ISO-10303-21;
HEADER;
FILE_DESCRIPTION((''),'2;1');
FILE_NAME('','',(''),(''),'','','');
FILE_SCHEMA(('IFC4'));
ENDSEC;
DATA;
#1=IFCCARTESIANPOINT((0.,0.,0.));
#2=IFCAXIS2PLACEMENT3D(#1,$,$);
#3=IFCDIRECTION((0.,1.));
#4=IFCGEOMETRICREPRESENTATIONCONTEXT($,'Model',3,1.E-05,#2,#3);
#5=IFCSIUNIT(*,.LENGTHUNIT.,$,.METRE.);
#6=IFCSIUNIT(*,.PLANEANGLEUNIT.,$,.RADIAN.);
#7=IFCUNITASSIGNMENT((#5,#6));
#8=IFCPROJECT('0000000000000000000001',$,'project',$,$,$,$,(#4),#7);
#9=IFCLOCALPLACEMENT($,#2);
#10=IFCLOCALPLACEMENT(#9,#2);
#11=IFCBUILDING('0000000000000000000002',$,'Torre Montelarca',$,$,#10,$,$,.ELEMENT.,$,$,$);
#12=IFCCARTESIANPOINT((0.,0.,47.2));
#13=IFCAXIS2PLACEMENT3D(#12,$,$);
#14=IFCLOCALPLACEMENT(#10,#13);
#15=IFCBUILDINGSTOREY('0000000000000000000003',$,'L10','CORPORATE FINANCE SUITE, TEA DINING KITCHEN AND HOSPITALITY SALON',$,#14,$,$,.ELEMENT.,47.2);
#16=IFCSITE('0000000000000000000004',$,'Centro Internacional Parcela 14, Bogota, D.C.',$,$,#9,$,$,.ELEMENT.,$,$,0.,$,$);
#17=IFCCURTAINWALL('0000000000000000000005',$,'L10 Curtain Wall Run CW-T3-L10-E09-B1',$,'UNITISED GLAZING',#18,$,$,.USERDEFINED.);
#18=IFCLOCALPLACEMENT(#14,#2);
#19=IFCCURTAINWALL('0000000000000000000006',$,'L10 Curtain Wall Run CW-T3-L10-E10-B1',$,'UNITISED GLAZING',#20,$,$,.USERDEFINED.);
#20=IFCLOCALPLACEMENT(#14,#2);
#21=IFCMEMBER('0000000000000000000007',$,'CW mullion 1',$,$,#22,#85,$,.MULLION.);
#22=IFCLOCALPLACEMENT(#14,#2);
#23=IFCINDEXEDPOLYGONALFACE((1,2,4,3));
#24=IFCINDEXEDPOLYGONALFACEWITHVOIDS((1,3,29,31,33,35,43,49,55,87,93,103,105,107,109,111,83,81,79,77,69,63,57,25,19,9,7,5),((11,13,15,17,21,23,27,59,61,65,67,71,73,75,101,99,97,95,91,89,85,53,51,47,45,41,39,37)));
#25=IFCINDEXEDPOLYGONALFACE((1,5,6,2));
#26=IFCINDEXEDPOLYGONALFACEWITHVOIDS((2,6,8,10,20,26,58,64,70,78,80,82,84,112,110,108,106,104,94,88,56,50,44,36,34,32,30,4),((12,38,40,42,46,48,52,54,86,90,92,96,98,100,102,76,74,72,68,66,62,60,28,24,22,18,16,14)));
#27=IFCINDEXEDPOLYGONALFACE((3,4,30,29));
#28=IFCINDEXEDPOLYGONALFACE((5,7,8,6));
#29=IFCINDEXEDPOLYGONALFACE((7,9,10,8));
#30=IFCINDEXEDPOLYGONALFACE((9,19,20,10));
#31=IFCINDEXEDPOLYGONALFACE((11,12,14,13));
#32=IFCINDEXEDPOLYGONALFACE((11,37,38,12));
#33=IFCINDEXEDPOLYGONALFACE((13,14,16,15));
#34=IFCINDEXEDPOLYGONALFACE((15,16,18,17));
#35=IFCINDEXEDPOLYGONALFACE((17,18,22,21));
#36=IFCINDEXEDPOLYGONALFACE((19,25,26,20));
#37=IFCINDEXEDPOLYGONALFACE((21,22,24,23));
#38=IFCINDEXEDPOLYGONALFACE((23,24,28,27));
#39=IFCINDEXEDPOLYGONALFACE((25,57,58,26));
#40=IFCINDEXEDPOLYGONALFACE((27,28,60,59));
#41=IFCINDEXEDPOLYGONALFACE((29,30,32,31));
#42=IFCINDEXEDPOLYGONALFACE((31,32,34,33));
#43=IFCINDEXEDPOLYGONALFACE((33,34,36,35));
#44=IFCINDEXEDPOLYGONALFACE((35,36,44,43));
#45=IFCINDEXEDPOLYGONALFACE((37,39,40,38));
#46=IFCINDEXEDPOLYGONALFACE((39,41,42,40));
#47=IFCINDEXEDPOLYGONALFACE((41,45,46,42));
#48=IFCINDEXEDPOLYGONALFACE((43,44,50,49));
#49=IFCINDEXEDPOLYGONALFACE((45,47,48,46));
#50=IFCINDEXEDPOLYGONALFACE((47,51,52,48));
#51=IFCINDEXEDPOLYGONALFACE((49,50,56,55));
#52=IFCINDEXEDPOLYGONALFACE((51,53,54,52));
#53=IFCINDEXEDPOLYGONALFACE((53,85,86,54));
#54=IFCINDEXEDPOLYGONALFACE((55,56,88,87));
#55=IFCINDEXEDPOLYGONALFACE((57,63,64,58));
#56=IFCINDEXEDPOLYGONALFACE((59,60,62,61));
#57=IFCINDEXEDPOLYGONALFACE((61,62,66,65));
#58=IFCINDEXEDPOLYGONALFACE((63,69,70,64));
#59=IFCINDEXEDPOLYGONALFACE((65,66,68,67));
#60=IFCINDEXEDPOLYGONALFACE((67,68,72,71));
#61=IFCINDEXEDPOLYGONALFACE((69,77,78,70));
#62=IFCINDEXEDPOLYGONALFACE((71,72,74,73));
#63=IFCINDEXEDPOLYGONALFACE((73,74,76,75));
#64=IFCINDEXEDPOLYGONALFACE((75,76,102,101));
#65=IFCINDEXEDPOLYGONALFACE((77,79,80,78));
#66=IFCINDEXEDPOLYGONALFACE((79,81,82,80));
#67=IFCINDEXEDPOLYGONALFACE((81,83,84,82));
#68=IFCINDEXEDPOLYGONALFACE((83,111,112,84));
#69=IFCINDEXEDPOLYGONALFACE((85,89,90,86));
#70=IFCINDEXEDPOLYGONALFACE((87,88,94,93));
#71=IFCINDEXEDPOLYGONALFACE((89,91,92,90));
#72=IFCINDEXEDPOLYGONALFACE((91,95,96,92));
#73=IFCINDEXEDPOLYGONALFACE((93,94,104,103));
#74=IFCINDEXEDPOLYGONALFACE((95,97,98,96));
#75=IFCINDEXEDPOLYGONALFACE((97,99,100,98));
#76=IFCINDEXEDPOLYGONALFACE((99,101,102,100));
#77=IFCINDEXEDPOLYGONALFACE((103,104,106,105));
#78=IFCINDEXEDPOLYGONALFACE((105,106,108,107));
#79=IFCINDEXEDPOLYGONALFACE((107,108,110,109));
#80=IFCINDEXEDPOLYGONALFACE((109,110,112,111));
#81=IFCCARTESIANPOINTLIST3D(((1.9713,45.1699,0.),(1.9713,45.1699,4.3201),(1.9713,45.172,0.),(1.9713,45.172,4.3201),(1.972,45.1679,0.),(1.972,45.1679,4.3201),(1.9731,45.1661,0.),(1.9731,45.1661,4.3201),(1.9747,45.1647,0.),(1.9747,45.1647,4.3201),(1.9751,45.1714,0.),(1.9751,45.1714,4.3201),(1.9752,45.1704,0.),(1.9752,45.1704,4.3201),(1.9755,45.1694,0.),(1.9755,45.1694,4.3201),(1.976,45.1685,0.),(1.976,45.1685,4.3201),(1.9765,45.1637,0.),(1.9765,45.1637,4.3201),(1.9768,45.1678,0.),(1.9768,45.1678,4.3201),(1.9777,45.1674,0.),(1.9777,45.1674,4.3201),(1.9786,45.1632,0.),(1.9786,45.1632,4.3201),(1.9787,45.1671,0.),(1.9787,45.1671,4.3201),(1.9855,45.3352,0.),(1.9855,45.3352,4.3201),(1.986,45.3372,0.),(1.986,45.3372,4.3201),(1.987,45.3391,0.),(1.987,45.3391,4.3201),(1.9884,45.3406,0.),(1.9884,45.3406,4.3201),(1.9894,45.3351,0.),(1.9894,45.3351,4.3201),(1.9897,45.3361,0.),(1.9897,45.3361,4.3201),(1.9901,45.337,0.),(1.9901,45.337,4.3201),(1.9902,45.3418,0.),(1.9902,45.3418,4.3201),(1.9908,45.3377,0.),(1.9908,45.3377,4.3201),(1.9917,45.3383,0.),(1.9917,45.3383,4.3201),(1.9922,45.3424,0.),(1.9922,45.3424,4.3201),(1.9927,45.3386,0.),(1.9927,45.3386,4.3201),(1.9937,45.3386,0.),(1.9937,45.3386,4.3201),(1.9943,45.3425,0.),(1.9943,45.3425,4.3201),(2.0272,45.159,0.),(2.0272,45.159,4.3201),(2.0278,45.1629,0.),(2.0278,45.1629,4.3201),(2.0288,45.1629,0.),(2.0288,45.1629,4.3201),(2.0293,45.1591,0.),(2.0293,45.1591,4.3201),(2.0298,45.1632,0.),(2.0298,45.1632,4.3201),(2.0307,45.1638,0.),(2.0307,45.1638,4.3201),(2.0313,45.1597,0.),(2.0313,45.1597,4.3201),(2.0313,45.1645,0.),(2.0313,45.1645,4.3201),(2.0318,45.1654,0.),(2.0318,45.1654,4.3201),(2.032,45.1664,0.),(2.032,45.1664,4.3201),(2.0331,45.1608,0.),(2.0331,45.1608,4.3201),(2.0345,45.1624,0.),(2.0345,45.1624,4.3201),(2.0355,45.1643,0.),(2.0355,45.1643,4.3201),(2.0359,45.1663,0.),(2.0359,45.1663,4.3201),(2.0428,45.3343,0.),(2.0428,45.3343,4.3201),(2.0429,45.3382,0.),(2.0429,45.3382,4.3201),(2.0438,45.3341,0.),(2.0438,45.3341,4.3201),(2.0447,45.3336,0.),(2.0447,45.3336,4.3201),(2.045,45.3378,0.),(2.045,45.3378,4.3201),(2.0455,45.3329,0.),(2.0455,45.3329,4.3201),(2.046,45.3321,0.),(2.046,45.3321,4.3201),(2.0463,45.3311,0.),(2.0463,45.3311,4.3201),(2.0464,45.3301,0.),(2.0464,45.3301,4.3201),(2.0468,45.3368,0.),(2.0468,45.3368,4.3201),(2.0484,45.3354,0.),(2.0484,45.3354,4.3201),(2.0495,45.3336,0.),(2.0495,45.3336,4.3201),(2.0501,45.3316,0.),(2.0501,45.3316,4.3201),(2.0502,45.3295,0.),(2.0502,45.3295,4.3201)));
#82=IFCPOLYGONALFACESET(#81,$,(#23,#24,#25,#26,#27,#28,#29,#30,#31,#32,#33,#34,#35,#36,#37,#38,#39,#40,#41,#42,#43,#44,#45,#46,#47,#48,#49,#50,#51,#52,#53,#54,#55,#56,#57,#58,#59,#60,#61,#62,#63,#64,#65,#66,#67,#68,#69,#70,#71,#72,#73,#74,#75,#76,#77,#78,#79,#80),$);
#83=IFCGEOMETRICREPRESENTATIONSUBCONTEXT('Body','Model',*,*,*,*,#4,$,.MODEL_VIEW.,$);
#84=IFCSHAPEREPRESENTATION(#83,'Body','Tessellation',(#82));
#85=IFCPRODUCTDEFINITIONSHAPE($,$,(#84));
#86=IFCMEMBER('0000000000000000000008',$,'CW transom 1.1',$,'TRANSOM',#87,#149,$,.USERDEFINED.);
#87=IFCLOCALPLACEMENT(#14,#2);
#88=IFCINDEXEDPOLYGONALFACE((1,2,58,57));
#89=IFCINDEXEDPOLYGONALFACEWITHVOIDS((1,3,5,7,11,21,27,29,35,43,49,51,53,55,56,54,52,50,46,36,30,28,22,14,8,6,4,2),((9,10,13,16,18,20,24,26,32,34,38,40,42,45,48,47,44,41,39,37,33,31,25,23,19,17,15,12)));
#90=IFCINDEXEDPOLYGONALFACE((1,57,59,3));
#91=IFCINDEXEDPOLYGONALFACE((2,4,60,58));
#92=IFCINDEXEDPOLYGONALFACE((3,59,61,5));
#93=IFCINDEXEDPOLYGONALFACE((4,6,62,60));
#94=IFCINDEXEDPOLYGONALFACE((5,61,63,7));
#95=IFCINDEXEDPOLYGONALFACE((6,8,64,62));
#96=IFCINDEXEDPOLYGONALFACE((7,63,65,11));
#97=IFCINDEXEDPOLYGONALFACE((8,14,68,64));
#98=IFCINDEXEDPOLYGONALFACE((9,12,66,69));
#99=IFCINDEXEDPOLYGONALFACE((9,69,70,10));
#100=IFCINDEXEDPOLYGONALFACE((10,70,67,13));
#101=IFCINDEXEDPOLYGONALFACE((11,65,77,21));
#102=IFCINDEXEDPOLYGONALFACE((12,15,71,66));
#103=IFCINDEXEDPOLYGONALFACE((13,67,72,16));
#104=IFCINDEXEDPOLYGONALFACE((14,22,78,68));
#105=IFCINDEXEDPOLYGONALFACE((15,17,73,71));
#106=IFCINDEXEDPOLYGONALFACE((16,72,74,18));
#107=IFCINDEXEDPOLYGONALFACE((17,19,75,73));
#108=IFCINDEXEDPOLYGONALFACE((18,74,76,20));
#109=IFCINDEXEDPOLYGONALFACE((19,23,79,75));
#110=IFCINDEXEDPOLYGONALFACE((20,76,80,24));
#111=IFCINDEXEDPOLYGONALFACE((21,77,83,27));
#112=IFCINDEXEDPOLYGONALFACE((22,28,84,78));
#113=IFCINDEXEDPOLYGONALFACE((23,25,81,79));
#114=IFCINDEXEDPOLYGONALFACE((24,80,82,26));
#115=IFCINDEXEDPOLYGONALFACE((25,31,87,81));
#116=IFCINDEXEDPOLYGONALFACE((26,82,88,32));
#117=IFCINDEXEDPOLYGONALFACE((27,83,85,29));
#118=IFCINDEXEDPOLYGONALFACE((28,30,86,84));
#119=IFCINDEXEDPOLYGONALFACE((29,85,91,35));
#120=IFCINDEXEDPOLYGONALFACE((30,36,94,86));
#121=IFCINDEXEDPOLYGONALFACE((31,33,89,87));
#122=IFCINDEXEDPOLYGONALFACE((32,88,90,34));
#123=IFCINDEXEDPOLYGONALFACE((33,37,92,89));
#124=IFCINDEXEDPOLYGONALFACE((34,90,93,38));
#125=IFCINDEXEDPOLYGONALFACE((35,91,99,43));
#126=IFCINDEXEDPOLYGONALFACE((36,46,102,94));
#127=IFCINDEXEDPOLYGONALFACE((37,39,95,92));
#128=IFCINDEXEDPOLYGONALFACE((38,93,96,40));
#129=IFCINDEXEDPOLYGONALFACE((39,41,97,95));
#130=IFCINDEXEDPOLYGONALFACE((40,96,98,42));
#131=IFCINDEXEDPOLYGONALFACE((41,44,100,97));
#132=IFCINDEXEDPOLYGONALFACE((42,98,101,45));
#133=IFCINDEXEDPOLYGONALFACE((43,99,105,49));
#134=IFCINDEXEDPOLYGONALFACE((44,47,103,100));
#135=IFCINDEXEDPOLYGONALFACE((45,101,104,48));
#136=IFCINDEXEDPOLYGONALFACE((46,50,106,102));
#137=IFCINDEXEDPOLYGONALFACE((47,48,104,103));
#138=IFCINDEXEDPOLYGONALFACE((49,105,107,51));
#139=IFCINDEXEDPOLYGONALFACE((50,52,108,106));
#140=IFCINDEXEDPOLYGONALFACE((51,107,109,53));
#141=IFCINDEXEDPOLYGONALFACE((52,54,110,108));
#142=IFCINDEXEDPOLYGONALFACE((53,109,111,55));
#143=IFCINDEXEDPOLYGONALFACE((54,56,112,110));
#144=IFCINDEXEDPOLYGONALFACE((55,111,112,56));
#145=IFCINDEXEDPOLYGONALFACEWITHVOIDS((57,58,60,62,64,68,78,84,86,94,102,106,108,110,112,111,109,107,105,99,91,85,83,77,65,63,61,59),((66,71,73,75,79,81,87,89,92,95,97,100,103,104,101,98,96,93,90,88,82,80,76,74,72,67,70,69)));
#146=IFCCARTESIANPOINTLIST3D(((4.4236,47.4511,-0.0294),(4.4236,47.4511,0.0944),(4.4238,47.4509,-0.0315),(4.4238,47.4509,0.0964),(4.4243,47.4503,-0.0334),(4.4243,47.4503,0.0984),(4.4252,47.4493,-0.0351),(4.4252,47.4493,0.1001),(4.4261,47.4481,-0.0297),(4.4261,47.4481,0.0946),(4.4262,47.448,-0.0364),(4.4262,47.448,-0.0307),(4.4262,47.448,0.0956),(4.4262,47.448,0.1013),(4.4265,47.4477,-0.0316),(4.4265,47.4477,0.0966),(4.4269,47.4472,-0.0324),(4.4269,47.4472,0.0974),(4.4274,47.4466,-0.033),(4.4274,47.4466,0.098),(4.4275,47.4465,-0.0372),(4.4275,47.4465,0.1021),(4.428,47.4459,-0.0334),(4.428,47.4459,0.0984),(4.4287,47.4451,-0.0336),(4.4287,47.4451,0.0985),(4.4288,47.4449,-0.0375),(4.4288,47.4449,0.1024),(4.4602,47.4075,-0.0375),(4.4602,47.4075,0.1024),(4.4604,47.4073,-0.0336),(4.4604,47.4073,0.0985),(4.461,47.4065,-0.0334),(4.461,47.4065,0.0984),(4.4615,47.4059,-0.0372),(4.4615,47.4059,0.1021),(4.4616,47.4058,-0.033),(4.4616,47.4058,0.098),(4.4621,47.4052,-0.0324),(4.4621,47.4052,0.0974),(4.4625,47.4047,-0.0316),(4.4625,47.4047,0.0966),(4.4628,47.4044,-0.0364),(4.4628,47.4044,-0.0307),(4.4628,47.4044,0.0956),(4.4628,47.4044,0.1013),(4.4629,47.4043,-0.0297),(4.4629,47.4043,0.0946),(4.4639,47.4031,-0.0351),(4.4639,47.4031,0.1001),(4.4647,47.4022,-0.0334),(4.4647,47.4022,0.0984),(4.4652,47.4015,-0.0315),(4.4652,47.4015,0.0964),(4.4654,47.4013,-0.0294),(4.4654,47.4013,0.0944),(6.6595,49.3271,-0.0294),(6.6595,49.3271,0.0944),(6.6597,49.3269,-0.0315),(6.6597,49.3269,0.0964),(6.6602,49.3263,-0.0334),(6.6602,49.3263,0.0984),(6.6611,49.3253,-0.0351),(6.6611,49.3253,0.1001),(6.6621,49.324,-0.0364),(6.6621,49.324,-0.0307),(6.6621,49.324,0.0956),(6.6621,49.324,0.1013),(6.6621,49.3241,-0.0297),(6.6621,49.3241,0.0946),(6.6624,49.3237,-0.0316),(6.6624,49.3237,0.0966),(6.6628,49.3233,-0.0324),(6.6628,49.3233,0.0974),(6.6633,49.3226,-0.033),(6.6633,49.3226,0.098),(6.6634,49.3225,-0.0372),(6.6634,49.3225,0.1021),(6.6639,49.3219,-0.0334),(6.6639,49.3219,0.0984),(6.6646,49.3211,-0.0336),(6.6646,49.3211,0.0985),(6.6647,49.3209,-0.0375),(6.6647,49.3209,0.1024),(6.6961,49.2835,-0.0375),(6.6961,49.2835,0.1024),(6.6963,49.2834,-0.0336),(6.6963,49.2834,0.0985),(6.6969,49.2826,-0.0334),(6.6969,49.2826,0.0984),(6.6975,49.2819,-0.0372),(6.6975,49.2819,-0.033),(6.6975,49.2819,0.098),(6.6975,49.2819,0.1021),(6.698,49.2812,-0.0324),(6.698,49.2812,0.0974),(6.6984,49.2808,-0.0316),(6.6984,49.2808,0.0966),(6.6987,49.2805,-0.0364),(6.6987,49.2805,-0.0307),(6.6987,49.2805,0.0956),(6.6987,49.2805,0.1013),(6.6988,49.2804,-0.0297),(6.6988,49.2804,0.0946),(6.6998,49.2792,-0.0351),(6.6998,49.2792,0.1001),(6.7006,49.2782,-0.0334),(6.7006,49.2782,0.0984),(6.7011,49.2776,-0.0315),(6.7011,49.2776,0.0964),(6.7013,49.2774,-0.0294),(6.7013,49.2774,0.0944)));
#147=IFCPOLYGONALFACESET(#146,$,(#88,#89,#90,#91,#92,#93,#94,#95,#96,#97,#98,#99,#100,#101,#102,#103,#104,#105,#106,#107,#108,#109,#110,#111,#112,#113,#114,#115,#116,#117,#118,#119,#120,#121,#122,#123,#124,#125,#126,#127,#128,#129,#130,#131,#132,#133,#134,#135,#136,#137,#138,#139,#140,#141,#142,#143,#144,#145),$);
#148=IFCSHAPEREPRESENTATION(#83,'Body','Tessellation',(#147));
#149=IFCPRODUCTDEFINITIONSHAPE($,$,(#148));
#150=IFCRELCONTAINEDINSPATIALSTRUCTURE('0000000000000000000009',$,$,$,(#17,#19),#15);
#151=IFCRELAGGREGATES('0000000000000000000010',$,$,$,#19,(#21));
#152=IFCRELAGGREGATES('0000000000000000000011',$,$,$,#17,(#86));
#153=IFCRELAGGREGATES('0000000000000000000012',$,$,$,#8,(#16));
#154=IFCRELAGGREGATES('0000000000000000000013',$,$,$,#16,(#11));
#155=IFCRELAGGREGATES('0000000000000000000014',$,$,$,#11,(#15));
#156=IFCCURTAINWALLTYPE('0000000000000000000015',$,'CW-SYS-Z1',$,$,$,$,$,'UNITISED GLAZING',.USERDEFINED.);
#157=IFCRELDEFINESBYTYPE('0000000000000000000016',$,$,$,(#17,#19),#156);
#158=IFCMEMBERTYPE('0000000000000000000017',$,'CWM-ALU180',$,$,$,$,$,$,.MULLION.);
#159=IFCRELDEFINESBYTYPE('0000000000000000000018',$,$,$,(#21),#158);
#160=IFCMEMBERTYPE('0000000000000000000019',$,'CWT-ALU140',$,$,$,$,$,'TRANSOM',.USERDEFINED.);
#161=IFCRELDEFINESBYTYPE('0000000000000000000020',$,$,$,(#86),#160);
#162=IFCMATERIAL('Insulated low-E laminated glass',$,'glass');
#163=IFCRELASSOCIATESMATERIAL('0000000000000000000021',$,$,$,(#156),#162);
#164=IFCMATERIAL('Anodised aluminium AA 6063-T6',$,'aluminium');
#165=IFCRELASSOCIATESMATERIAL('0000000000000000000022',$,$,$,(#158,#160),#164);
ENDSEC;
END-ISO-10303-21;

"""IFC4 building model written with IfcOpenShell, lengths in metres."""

from ifc_helpers import new_model, si_unit, direction, frame, origin, origin_2d, place, context, subcontext, project, spatial, hollow_rectangle, extrude, source, transform, mapped, material, material_profile, profile_set, type_object, element, aggregate, save


model = new_model("IFC4")

# Units and contexts
model_context = context("Model", 3, precision=1e-05, world=origin(), true_north=direction((0.0, 1.0)))
body_context = subcontext(model_context, "Body", "Model", "MODEL_VIEW")
ifc_project = project(units=[si_unit("LENGTHUNIT", "METRE"), si_unit("PLANEANGLEUNIT", "RADIAN")], contexts=[model_context])

# Site, building, storey
site_placement = place(None, origin())
site = spatial("IfcSite", under=ifc_project, at=site_placement, Name="Centro Internacional Parcela 14, Bogota, D.C.", CompositionType="ELEMENT", RefElevation=0.0)
building_placement = place(site_placement, origin())
building = spatial("IfcBuilding", under=site, at=building_placement, Name="Torre Montelarca", CompositionType="ELEMENT")
storey_placement = place(building_placement, frame((0.0, 0.0, 47.2)))
storey = spatial("IfcBuildingStorey", under=building, at=storey_placement, Name="L10", Description="CORPORATE FINANCE SUITE, TEA DINING KITCHEN AND HOSPITALITY SALON", CompositionType="ELEMENT", Elevation=47.2)

# Curtain wall
ifc_material_1 = material(Name="Insulated low-E laminated glass", Category="glass")
curtain_wall_type = type_object("IfcCurtainWallType", Name="CW-SYS-Z1", ElementType="UNITISED GLAZING", PredefinedType="USERDEFINED", material=ifc_material_1)
curtain_wall_1_placement = place(storey_placement, origin())
curtain_wall_1 = element("IfcCurtainWall", 1, at=curtain_wall_1_placement, inside=storey, type_object=curtain_wall_type, Name="L10 Curtain Wall Run CW-T3-L10-E09-B1", ObjectType="UNITISED GLAZING", PredefinedType="USERDEFINED")
ifc_material_2 = material(Name="Anodised aluminium AA 6063-T6", Category="aluminium")
ifc_material_profile_1 = material_profile(ifc_material_2, hollow_rectangle(XDim=0.0649, YDim=0.1799, WallThickness=0.0039, InnerFilletRadius=0.0039, OuterFilletRadius=0.0081, at=origin_2d()), Name="ALU65X180X4", Category="aluminium")
ifc_profile_set_1 = profile_set([ifc_material_profile_1], Name="Anodised aluminium AA 6063-T6")
member_type_1 = type_object("IfcMemberType", Name="CWM-ALU180", PredefinedType="MULLION", material=ifc_profile_set_1)
shared_shape_1 = source(origin(), body_context, "Body", "SweptSolid", [
    extrude(hollow_rectangle(XDim=0.0649, YDim=0.1799, WallThickness=0.0039, InnerFilletRadius=0.0039, OuterFilletRadius=0.0081, at=origin_2d()), origin(), (0.0, 0.0, 1.0), 4.3201),
])

# Curtain wall, member
curtain_wall_2_placement = place(storey_placement, origin())
curtain_wall_2 = element("IfcCurtainWall", 2, at=curtain_wall_2_placement, inside=storey, type_object=curtain_wall_type, Name="L10 Curtain Wall Run CW-T3-L10-E10-B1", ObjectType="UNITISED GLAZING", PredefinedType="USERDEFINED")
member_1_placement = place(storey_placement, frame((2.0107, 45.2507, 0.0), z_axis=(0.0, 0.0, 1.0), x_axis=(0.996194, -0.087162, 0.0)))
member_1 = element("IfcMember", 3, at=member_1_placement, type_object=member_type_1, Name="CW mullion 1", PredefinedType="MULLION", context=body_context, shape_type="MappedRepresentation", body=[
    mapped(shared_shape_1, transform((0.0, 0.0, 0.0), scale=1.0)),
])

# Member
ifc_material_profile_2 = material_profile(ifc_material_2, hollow_rectangle(XDim=0.0649, YDim=0.1399, WallThickness=0.0039, InnerFilletRadius=0.0039, OuterFilletRadius=0.0081, at=origin_2d()), Name="ALU65X140X4", Category="aluminium")
ifc_profile_set_2 = profile_set([ifc_material_profile_2], Name="Anodised aluminium AA 6063-T6")
member_type_2 = type_object("IfcMemberType", Name="CWT-ALU140", ElementType="TRANSOM", PredefinedType="USERDEFINED", material=ifc_profile_set_2)
shared_shape_2 = source(origin(), body_context, "Body", "SweptSolid", [
    extrude(hollow_rectangle(XDim=0.0649, YDim=0.1399, WallThickness=0.0039, InnerFilletRadius=0.0039, OuterFilletRadius=0.0081, at=origin_2d()), origin(), (0.0, 0.0, 1.0), 2.9187),
])
member_2_placement = place(storey_placement, frame((6.6804, 49.3022, 0.0325), z_axis=(-0.766064, -0.642764, 0.0), x_axis=(0.642764, -0.766064, 0.0)))
member_2 = element("IfcMember", 4, at=member_2_placement, type_object=member_type_2, Name="CW transom 1.1", ObjectType="TRANSOM", PredefinedType="USERDEFINED", context=body_context, shape_type="MappedRepresentation", body=[
    mapped(shared_shape_2, transform((0.0, 0.0, 0.0), scale=1.0)),
])
aggregate(curtain_wall_2, [member_1])

aggregate(curtain_wall_1, [member_2])

save(model, "model.ifc")
